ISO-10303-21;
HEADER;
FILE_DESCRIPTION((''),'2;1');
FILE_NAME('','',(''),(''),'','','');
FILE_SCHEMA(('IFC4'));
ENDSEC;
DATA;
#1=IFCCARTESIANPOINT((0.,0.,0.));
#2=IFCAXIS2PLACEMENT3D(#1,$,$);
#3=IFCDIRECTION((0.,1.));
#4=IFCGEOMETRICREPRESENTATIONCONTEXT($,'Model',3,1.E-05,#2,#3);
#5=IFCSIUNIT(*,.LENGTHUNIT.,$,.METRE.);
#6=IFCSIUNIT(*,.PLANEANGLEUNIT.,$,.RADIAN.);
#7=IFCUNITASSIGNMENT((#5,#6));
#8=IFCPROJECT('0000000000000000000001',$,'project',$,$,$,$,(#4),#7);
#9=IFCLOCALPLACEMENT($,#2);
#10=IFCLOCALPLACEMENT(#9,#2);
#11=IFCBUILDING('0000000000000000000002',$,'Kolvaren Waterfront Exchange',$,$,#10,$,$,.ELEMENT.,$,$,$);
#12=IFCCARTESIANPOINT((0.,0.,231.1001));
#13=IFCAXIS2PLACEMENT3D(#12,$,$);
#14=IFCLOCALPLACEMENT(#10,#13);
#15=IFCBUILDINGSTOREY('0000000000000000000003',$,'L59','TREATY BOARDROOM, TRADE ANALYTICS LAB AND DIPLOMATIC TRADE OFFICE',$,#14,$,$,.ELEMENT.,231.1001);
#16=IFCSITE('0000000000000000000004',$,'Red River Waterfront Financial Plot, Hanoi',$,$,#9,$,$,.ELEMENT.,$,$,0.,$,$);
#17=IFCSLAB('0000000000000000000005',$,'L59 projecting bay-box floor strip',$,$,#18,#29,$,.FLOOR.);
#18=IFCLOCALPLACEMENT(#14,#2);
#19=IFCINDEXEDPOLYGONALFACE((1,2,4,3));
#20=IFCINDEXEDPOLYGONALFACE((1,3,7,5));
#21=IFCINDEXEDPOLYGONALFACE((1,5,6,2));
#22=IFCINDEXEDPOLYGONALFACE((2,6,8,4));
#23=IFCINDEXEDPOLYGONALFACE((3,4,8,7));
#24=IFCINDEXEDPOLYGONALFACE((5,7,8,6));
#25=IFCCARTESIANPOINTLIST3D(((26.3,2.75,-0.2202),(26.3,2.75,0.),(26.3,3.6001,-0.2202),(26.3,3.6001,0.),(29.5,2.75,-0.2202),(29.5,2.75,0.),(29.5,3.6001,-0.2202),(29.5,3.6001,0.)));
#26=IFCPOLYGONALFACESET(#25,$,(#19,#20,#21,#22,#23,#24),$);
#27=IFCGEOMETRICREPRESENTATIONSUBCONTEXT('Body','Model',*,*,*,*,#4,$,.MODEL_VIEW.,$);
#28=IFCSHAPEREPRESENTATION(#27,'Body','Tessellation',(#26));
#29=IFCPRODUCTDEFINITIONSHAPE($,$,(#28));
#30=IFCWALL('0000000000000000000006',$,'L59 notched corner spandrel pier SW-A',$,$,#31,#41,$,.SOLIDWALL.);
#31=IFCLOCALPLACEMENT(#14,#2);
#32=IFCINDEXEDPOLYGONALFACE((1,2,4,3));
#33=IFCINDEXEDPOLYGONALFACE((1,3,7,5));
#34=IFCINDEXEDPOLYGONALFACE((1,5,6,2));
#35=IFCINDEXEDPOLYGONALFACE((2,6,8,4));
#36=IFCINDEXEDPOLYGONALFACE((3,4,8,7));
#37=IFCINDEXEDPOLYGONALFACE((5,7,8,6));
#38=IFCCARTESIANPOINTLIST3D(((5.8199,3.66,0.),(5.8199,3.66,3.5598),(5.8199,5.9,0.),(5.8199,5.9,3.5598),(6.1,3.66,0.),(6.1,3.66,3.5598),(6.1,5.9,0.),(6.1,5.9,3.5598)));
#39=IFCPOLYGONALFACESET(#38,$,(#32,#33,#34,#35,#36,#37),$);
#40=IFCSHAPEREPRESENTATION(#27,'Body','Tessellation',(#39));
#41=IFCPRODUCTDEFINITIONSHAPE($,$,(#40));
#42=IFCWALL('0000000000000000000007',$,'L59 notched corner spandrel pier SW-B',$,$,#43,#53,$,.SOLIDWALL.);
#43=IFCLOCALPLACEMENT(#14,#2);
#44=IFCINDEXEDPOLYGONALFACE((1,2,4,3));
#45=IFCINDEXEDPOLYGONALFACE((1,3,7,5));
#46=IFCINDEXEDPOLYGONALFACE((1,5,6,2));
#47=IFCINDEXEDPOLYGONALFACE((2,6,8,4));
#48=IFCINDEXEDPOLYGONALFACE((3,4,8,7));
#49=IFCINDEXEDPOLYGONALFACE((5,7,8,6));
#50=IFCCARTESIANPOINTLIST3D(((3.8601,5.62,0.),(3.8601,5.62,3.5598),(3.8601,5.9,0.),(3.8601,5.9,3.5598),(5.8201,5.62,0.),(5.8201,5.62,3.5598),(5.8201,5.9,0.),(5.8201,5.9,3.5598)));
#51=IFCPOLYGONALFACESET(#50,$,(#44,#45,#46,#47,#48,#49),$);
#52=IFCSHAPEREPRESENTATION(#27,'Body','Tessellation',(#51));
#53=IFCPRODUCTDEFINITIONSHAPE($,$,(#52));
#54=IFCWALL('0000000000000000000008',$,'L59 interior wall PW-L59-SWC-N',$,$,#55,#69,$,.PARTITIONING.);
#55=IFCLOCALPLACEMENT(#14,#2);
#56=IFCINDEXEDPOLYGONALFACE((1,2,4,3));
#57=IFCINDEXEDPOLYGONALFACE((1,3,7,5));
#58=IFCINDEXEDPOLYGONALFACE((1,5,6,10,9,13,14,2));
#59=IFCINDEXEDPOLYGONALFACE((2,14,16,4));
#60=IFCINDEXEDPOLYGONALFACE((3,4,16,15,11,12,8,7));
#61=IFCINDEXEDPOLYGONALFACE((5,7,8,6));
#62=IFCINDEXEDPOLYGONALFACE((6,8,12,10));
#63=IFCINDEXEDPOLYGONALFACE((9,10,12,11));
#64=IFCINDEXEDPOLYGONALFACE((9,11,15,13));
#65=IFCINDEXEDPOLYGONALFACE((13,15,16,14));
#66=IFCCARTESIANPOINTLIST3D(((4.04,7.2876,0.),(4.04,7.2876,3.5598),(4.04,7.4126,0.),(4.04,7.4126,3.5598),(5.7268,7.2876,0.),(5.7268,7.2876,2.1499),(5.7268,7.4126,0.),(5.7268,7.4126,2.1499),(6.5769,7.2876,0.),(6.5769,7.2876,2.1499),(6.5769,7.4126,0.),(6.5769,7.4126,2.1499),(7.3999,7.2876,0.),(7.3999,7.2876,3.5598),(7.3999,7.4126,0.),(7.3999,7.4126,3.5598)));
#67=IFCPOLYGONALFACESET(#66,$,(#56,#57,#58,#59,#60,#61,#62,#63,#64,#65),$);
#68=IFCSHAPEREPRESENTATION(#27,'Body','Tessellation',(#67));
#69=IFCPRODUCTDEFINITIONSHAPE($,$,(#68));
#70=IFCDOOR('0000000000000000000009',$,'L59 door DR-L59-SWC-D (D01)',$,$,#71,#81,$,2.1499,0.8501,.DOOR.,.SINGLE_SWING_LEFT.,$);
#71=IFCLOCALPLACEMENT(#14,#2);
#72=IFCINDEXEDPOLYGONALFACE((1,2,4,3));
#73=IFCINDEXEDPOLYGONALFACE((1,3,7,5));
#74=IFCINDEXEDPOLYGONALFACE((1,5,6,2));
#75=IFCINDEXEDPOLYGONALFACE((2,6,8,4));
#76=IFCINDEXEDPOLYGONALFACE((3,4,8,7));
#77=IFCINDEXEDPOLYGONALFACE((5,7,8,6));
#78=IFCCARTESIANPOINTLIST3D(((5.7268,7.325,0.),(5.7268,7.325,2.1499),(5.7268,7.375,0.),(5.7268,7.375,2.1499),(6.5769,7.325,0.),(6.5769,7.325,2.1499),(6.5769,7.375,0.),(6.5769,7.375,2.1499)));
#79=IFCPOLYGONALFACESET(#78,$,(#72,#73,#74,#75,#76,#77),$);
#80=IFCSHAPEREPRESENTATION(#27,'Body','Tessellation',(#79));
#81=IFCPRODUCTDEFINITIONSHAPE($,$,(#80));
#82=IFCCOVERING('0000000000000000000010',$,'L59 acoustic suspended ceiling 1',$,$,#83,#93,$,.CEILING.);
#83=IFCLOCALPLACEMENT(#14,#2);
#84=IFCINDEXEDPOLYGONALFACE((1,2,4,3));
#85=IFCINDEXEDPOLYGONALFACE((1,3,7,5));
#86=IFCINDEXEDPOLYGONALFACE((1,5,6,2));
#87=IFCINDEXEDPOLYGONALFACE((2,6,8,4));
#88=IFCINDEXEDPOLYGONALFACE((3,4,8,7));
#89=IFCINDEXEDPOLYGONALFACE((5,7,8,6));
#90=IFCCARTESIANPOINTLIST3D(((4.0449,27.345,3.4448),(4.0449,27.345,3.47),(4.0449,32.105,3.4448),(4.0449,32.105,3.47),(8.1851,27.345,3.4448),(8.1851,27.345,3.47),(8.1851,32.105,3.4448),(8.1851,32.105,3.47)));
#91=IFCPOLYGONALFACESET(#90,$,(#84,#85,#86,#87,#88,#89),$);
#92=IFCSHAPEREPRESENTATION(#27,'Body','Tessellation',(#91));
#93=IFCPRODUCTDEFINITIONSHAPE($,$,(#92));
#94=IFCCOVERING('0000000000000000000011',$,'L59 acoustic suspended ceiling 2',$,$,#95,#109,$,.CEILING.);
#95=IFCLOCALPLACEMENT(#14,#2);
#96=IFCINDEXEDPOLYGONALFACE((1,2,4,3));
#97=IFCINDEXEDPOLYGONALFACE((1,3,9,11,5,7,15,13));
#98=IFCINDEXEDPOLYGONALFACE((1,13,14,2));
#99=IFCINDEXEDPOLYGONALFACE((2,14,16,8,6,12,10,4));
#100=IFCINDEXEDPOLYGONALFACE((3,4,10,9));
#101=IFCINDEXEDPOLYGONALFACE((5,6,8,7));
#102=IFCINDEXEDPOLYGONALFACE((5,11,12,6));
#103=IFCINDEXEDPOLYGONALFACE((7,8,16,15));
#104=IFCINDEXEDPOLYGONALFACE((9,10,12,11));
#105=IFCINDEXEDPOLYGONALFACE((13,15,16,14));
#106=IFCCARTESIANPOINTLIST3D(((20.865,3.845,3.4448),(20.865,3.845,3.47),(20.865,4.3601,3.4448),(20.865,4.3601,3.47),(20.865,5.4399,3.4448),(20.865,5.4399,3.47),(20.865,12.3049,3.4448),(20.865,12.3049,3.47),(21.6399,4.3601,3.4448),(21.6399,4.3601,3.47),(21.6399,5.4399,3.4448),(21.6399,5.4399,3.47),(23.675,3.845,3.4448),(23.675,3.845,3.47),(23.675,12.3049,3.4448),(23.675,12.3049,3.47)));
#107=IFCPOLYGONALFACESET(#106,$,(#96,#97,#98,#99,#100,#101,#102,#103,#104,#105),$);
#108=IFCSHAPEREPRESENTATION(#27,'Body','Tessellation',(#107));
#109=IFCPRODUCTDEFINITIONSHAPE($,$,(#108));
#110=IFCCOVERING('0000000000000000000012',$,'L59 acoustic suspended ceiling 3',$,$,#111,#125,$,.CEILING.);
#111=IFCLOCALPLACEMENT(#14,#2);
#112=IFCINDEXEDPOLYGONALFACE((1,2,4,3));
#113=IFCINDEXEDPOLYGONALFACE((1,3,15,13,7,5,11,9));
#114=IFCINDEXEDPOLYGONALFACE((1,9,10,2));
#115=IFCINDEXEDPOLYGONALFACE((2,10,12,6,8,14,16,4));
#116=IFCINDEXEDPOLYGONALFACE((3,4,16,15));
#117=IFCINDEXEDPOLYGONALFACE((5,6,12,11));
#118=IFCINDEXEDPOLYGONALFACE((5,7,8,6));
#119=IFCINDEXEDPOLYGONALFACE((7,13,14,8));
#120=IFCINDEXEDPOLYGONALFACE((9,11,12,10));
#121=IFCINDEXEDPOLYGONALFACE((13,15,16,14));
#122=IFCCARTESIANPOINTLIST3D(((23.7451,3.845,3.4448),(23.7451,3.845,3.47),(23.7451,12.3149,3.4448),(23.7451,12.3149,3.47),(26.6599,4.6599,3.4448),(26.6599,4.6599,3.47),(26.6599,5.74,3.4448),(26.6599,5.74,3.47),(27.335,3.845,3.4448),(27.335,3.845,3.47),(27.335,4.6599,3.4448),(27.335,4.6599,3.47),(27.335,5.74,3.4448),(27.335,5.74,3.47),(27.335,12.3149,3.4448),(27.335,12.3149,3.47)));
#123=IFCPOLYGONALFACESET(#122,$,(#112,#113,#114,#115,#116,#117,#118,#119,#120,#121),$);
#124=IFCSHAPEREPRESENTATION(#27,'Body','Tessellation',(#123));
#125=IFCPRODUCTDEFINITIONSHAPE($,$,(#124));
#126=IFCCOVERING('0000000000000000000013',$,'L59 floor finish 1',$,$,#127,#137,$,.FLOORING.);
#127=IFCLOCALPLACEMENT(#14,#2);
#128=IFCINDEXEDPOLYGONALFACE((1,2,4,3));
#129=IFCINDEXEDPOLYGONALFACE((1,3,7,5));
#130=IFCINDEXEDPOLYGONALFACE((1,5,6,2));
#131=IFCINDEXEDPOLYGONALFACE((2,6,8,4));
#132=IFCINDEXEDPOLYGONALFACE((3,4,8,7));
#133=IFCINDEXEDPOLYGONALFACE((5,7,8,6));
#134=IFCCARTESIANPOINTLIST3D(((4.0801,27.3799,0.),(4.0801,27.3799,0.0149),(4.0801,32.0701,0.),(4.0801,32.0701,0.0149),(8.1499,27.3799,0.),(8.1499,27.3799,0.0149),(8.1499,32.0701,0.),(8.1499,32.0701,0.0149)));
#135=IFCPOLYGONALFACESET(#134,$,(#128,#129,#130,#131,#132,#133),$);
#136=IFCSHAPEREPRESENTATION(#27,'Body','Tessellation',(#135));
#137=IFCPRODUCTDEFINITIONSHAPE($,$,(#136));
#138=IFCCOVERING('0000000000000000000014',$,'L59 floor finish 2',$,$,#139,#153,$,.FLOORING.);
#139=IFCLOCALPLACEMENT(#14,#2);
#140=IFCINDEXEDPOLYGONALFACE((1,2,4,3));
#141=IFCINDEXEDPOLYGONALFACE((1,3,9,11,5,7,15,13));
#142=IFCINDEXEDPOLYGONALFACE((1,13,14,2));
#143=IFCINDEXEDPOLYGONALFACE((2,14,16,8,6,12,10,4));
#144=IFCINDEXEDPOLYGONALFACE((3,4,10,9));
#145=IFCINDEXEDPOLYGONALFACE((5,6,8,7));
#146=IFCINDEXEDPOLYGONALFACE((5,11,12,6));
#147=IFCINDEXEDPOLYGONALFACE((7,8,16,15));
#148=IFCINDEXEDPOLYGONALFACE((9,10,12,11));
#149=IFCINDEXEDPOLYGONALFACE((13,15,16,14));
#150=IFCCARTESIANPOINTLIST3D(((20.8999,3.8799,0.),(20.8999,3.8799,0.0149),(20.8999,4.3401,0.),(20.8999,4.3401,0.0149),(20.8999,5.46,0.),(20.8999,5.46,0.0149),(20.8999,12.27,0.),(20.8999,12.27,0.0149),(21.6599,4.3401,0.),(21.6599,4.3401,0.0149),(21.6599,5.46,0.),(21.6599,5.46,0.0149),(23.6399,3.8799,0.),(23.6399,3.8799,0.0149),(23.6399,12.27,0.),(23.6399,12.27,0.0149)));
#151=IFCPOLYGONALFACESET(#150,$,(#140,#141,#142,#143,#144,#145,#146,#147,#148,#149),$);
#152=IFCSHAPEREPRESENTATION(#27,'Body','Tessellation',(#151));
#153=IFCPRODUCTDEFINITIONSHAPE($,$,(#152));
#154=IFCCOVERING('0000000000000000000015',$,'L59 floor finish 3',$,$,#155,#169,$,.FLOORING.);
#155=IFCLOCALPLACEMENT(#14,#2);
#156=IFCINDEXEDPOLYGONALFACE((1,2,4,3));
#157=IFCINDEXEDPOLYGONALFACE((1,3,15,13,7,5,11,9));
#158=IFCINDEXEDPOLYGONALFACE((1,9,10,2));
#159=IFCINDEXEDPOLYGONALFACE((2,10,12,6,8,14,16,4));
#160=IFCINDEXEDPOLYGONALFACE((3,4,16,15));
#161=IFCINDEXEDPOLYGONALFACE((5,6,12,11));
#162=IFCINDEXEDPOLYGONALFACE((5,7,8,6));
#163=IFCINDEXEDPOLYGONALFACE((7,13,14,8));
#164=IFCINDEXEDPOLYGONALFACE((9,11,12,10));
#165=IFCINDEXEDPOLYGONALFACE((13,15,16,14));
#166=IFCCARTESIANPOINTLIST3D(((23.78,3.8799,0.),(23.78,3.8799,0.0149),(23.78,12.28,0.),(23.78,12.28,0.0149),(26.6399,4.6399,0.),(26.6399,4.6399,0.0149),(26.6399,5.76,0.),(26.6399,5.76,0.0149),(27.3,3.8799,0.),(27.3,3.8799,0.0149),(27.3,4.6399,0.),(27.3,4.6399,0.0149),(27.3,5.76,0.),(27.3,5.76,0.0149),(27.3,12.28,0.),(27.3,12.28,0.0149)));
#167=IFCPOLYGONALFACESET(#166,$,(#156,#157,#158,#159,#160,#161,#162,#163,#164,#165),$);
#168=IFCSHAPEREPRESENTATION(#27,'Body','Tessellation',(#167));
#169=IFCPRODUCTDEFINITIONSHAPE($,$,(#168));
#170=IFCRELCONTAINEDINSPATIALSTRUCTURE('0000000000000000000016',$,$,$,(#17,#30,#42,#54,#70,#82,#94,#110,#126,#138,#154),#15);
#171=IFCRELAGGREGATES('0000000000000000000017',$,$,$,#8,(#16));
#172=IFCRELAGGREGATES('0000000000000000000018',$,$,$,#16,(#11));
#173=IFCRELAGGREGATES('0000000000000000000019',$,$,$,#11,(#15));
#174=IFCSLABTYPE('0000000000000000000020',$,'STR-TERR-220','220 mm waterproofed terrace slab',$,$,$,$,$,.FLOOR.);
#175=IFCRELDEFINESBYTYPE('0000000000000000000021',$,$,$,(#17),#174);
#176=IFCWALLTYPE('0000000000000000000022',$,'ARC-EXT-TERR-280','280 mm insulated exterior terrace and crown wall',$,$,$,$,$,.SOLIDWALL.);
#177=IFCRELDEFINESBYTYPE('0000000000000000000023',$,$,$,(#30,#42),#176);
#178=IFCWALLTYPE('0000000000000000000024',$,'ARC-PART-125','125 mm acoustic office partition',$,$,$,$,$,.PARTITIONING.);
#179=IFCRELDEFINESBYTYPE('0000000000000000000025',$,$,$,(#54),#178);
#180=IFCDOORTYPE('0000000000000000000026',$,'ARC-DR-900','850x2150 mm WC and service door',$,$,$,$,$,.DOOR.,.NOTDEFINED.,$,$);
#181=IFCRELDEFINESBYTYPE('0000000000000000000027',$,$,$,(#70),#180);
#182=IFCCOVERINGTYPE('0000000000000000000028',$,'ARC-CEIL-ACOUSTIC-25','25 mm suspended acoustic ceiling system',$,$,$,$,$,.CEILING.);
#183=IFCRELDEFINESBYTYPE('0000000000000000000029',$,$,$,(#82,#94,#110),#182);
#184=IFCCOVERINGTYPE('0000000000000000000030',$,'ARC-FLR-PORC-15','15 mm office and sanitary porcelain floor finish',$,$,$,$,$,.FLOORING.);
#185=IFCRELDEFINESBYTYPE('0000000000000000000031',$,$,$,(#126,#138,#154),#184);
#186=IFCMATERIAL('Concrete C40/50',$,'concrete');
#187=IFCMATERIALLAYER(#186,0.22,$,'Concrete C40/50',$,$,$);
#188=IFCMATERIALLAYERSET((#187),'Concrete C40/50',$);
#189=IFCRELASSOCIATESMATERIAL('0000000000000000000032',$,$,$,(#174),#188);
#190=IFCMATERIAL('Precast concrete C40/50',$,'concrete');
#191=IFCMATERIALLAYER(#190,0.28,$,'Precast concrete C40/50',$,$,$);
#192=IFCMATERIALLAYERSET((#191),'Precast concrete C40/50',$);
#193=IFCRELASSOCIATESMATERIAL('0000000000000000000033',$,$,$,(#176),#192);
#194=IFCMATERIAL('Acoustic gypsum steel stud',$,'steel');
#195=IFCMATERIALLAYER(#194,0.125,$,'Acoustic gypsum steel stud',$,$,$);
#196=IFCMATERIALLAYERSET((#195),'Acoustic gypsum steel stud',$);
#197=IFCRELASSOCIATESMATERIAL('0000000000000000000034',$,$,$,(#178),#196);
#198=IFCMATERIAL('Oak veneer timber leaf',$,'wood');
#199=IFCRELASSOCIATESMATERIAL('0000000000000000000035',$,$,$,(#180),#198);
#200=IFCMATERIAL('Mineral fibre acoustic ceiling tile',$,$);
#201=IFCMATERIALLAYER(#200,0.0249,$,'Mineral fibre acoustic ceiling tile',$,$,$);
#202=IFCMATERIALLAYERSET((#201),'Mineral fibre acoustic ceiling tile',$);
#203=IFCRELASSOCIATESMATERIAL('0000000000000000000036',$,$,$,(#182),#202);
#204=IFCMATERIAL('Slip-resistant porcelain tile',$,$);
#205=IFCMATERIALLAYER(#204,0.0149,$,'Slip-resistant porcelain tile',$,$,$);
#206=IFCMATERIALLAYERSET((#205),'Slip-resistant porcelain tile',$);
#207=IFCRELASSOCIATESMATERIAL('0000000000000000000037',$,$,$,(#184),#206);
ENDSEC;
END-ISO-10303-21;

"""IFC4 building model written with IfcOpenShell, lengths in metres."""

from ifc_helpers import new_model, si_unit, direction, frame, frame_2d, origin, place, context, subcontext, project, spatial, polyline, rectangle, outline, extrude, material, layer, layer_set, type_object, element, fill, save


model = new_model("IFC4")

# Units and contexts
model_context = context("Model", 3, precision=1e-05, world=origin(), true_north=direction((0.0, 1.0)))
body_context = subcontext(model_context, "Body", "Model", "MODEL_VIEW")
ifc_project = project(units=[si_unit("LENGTHUNIT", "METRE"), si_unit("PLANEANGLEUNIT", "RADIAN")], contexts=[model_context])

# Site, building, storey
site_placement = place(None, origin())
site = spatial("IfcSite", under=ifc_project, at=site_placement, Name="Red River Waterfront Financial Plot, Hanoi", CompositionType="ELEMENT", RefElevation=0.0)
building_placement = place(site_placement, origin())
building = spatial("IfcBuilding", under=site, at=building_placement, Name="Kolvaren Waterfront Exchange", CompositionType="ELEMENT")
storey_placement = place(building_placement, frame((0.0, 0.0, 231.1001)))
storey = spatial("IfcBuildingStorey", under=building, at=storey_placement, Name="L59", Description="TREATY BOARDROOM, TRADE ANALYTICS LAB AND DIPLOMATIC TRADE OFFICE", CompositionType="ELEMENT", Elevation=231.1001)

# Shared definitions
ifc_material_1 = material(Name="Concrete C40/50", Category="concrete")

# Slab
ifc_layer_1 = layer(ifc_material_1, 0.22, Name="Concrete C40/50")
ifc_layer_set_1 = layer_set([ifc_layer_1], Name="Concrete C40/50")
slab_type_1 = type_object("IfcSlabType", Name="STR-TERR-220", Description="220 mm waterproofed terrace slab", PredefinedType="FLOOR", material=ifc_layer_set_1)
slab_1_placement = place(storey_placement, frame((0.0, 0.0, -0.2202)))
element("IfcSlab", 1, at=slab_1_placement, inside=storey, type_object=slab_type_1, Name="L59 projecting bay-box floor strip", PredefinedType="FLOOR", context=body_context, shape_type="SweptSolid", body=[
    extrude(outline(polyline([(26.3, 2.75), (29.5, 2.75), (29.5, 3.6001), (26.3, 3.6001), (26.3, 2.75)])), origin(), (0.0, 0.0, 1.0), 0.2202),
])

# Walls
ifc_material_2 = material(Name="Precast concrete C40/50", Category="concrete")
ifc_layer_2 = layer(ifc_material_2, 0.28, Name="Precast concrete C40/50")
ifc_layer_set_2 = layer_set([ifc_layer_2], Name="Precast concrete C40/50")
wall_type_1 = type_object("IfcWallType", Name="ARC-EXT-TERR-280", Description="280 mm insulated exterior terrace and crown wall", PredefinedType="SOLIDWALL", material=ifc_layer_set_2)
wall_1_placement = place(storey_placement, frame((5.96, 3.6599, 0.0), z_axis=(0.0, 0.0, 1.0), x_axis=(0.0, 1.0, 0.0)))
element("IfcWall", 2, at=wall_1_placement, inside=storey, type_object=wall_type_1, Name="L59 notched corner spandrel pier SW-A", PredefinedType="SOLIDWALL", context=body_context, shape_type="SweptSolid", body=[
    extrude(rectangle(XDim=2.24, YDim=0.28, at=frame_2d((1.1201, 0.0))), origin(), (0.0, 0.0, 1.0), 3.5598),
])
wall_2_placement = place(storey_placement, frame((3.8601, 5.76, 0.0), z_axis=(0.0, 0.0, 1.0), x_axis=(1.0, 0.0, 0.0)))
element("IfcWall", 3, at=wall_2_placement, inside=storey, type_object=wall_type_1, Name="L59 notched corner spandrel pier SW-B", PredefinedType="SOLIDWALL", context=body_context, shape_type="SweptSolid", body=[
    extrude(rectangle(XDim=1.96, YDim=0.28, at=frame_2d((0.98, 0.0))), origin(), (0.0, 0.0, 1.0), 3.5598),
])

# Wall, opening, door
ifc_material_3 = material(Name="Acoustic gypsum steel stud", Category="steel")
ifc_layer_3 = layer(ifc_material_3, 0.125, Name="Acoustic gypsum steel stud")
ifc_layer_set_3 = layer_set([ifc_layer_3], Name="Acoustic gypsum steel stud")
wall_type_2 = type_object("IfcWallType", Name="ARC-PART-125", Description="125 mm acoustic office partition", PredefinedType="PARTITIONING", material=ifc_layer_set_3)
wall_3_placement = place(storey_placement, frame((4.04, 7.3501, 0.0), z_axis=(0.0, 0.0, 1.0), x_axis=(1.0, 0.0, 0.0)))
wall_3 = element("IfcWall", 4, at=wall_3_placement, inside=storey, type_object=wall_type_2, Name="L59 interior wall PW-L59-SWC-N", PredefinedType="PARTITIONING", context=body_context, shape_type="SweptSolid", body=[
    extrude(rectangle(XDim=3.3599, YDim=0.125, at=frame_2d((1.6799, 0.0))), origin(), (0.0, 0.0, 1.0), 3.5598),
])
opening_placement = place(wall_3_placement, frame((1.6868, 0.0, 0.0)))
opening = element("IfcOpeningElement", 5, at=opening_placement, cuts=wall_3, PredefinedType="OPENING", context=body_context, shape_type="SweptSolid", body=[
    extrude(rectangle(XDim=0.8501, YDim=2.1499, at=frame_2d((0.425, 1.075))), frame((0.0, 0.0725, 0.0), z_axis=(0.0, -1.0, 0.0), x_axis=(1.0, 0.0, 0.0)), (0.0, 0.0, 1.0), 0.145),
])
ifc_material_4 = material(Name="Oak veneer timber leaf", Category="wood")
door_type = type_object("IfcDoorType", Name="ARC-DR-900", Description="850x2150 mm WC and service door", OperationType="NOTDEFINED", PredefinedType="DOOR", material=ifc_material_4)
door_placement = place(opening_placement, origin())
door = element("IfcDoor", 6, at=door_placement, inside=storey, type_object=door_type, Name="L59 door DR-L59-SWC-D (D01)", OperationType="SINGLE_SWING_LEFT", OverallHeight=2.1499, OverallWidth=0.8501, PredefinedType="DOOR", context=body_context, shape_type="SweptSolid", body=[
    extrude(rectangle(XDim=0.8501, YDim=2.1499, at=frame_2d((0.425, 1.075))), frame((0.0, 0.0249, 0.0), z_axis=(0.0, -1.0, 0.0), x_axis=(1.0, 0.0, 0.0)), (0.0, 0.0, 1.0), 0.05),
])
fill(opening, door)

# Coverings
ifc_material_5 = material(Name="Mineral fibre acoustic ceiling tile")
ifc_layer_4 = layer(ifc_material_5, 0.0249, Name="Mineral fibre acoustic ceiling tile")
ifc_layer_set_4 = layer_set([ifc_layer_4], Name="Mineral fibre acoustic ceiling tile")
covering_type_1 = type_object("IfcCoveringType", Name="ARC-CEIL-ACOUSTIC-25", Description="25 mm suspended acoustic ceiling system", PredefinedType="CEILING", material=ifc_layer_set_4)
covering_1_placement = place(storey_placement, frame((0.0, 0.0, 3.4448)))
element("IfcCovering", 7, at=covering_1_placement, inside=storey, type_object=covering_type_1, Name="L59 acoustic suspended ceiling 1", PredefinedType="CEILING", context=body_context, shape_type="SweptSolid", body=[
    extrude(outline(polyline([(8.1851, 27.345), (8.1851, 32.105), (4.0449, 32.105), (4.0449, 27.345), (8.1851, 27.345)])), origin(), (0.0, 0.0, 1.0), 0.0251),
])
covering_2_placement = place(storey_placement, frame((0.0, 0.0, 3.4448)))
element("IfcCovering", 8, at=covering_2_placement, inside=storey, type_object=covering_type_1, Name="L59 acoustic suspended ceiling 2", PredefinedType="CEILING", context=body_context, shape_type="SweptSolid", body=[
    extrude(outline(polyline([(20.865, 5.4399), (21.6399, 5.4399), (21.6399, 4.3601), (20.865, 4.3601), (20.865, 3.845), (23.675, 3.845), (23.675, 12.3049), (20.865, 12.3049), (20.865, 5.4399)])), origin(), (0.0, 0.0, 1.0), 0.0251),
])
covering_3_placement = place(storey_placement, frame((0.0, 0.0, 3.4448)))
element("IfcCovering", 9, at=covering_3_placement, inside=storey, type_object=covering_type_1, Name="L59 acoustic suspended ceiling 3", PredefinedType="CEILING", context=body_context, shape_type="SweptSolid", body=[
    extrude(outline(polyline([(27.335, 4.6599), (26.6599, 4.6599), (26.6599, 5.74), (27.335, 5.74), (27.335, 12.3149), (23.7451, 12.3149), (23.7451, 3.845), (27.335, 3.845), (27.335, 4.6599)])), origin(), (0.0, 0.0, 1.0), 0.0251),
])
ifc_material_6 = material(Name="Slip-resistant porcelain tile")
ifc_layer_5 = layer(ifc_material_6, 0.0149, Name="Slip-resistant porcelain tile")
ifc_layer_set_5 = layer_set([ifc_layer_5], Name="Slip-resistant porcelain tile")
covering_type_2 = type_object("IfcCoveringType", Name="ARC-FLR-PORC-15", Description="15 mm office and sanitary porcelain floor finish", PredefinedType="FLOORING", material=ifc_layer_set_5)
covering_4_placement = place(storey_placement, origin())
element("IfcCovering", 10, at=covering_4_placement, inside=storey, type_object=covering_type_2, Name="L59 floor finish 1", PredefinedType="FLOORING", context=body_context, shape_type="SweptSolid", body=[
    extrude(outline(polyline([(4.0801, 32.0701), (4.0801, 27.3799), (8.1499, 27.3799), (8.1499, 32.0701), (4.0801, 32.0701)])), origin(), (0.0, 0.0, 1.0), 0.0149),
])
covering_5_placement = place(storey_placement, origin())
element("IfcCovering", 11, at=covering_5_placement, inside=storey, type_object=covering_type_2, Name="L59 floor finish 2", PredefinedType="FLOORING", context=body_context, shape_type="SweptSolid", body=[
    extrude(outline(polyline([(20.8999, 4.3401), (20.8999, 3.8799), (23.6399, 3.8799), (23.6399, 12.27), (20.8999, 12.27), (20.8999, 5.46), (21.6599, 5.46), (21.6599, 4.3401), (20.8999, 4.3401)])), origin(), (0.0, 0.0, 1.0), 0.0149),
])
covering_6_placement = place(storey_placement, origin())
element("IfcCovering", 12, at=covering_6_placement, inside=storey, type_object=covering_type_2, Name="L59 floor finish 3", PredefinedType="FLOORING", context=body_context, shape_type="SweptSolid", body=[
    extrude(outline(polyline([(23.78, 12.28), (23.78, 3.8799), (27.3, 3.8799), (27.3, 4.6399), (26.6399, 4.6399), (26.6399, 5.76), (27.3, 5.76), (27.3, 12.28), (23.78, 12.28)])), origin(), (0.0, 0.0, 1.0), 0.0149),
])

save(model, "model.ifc")
